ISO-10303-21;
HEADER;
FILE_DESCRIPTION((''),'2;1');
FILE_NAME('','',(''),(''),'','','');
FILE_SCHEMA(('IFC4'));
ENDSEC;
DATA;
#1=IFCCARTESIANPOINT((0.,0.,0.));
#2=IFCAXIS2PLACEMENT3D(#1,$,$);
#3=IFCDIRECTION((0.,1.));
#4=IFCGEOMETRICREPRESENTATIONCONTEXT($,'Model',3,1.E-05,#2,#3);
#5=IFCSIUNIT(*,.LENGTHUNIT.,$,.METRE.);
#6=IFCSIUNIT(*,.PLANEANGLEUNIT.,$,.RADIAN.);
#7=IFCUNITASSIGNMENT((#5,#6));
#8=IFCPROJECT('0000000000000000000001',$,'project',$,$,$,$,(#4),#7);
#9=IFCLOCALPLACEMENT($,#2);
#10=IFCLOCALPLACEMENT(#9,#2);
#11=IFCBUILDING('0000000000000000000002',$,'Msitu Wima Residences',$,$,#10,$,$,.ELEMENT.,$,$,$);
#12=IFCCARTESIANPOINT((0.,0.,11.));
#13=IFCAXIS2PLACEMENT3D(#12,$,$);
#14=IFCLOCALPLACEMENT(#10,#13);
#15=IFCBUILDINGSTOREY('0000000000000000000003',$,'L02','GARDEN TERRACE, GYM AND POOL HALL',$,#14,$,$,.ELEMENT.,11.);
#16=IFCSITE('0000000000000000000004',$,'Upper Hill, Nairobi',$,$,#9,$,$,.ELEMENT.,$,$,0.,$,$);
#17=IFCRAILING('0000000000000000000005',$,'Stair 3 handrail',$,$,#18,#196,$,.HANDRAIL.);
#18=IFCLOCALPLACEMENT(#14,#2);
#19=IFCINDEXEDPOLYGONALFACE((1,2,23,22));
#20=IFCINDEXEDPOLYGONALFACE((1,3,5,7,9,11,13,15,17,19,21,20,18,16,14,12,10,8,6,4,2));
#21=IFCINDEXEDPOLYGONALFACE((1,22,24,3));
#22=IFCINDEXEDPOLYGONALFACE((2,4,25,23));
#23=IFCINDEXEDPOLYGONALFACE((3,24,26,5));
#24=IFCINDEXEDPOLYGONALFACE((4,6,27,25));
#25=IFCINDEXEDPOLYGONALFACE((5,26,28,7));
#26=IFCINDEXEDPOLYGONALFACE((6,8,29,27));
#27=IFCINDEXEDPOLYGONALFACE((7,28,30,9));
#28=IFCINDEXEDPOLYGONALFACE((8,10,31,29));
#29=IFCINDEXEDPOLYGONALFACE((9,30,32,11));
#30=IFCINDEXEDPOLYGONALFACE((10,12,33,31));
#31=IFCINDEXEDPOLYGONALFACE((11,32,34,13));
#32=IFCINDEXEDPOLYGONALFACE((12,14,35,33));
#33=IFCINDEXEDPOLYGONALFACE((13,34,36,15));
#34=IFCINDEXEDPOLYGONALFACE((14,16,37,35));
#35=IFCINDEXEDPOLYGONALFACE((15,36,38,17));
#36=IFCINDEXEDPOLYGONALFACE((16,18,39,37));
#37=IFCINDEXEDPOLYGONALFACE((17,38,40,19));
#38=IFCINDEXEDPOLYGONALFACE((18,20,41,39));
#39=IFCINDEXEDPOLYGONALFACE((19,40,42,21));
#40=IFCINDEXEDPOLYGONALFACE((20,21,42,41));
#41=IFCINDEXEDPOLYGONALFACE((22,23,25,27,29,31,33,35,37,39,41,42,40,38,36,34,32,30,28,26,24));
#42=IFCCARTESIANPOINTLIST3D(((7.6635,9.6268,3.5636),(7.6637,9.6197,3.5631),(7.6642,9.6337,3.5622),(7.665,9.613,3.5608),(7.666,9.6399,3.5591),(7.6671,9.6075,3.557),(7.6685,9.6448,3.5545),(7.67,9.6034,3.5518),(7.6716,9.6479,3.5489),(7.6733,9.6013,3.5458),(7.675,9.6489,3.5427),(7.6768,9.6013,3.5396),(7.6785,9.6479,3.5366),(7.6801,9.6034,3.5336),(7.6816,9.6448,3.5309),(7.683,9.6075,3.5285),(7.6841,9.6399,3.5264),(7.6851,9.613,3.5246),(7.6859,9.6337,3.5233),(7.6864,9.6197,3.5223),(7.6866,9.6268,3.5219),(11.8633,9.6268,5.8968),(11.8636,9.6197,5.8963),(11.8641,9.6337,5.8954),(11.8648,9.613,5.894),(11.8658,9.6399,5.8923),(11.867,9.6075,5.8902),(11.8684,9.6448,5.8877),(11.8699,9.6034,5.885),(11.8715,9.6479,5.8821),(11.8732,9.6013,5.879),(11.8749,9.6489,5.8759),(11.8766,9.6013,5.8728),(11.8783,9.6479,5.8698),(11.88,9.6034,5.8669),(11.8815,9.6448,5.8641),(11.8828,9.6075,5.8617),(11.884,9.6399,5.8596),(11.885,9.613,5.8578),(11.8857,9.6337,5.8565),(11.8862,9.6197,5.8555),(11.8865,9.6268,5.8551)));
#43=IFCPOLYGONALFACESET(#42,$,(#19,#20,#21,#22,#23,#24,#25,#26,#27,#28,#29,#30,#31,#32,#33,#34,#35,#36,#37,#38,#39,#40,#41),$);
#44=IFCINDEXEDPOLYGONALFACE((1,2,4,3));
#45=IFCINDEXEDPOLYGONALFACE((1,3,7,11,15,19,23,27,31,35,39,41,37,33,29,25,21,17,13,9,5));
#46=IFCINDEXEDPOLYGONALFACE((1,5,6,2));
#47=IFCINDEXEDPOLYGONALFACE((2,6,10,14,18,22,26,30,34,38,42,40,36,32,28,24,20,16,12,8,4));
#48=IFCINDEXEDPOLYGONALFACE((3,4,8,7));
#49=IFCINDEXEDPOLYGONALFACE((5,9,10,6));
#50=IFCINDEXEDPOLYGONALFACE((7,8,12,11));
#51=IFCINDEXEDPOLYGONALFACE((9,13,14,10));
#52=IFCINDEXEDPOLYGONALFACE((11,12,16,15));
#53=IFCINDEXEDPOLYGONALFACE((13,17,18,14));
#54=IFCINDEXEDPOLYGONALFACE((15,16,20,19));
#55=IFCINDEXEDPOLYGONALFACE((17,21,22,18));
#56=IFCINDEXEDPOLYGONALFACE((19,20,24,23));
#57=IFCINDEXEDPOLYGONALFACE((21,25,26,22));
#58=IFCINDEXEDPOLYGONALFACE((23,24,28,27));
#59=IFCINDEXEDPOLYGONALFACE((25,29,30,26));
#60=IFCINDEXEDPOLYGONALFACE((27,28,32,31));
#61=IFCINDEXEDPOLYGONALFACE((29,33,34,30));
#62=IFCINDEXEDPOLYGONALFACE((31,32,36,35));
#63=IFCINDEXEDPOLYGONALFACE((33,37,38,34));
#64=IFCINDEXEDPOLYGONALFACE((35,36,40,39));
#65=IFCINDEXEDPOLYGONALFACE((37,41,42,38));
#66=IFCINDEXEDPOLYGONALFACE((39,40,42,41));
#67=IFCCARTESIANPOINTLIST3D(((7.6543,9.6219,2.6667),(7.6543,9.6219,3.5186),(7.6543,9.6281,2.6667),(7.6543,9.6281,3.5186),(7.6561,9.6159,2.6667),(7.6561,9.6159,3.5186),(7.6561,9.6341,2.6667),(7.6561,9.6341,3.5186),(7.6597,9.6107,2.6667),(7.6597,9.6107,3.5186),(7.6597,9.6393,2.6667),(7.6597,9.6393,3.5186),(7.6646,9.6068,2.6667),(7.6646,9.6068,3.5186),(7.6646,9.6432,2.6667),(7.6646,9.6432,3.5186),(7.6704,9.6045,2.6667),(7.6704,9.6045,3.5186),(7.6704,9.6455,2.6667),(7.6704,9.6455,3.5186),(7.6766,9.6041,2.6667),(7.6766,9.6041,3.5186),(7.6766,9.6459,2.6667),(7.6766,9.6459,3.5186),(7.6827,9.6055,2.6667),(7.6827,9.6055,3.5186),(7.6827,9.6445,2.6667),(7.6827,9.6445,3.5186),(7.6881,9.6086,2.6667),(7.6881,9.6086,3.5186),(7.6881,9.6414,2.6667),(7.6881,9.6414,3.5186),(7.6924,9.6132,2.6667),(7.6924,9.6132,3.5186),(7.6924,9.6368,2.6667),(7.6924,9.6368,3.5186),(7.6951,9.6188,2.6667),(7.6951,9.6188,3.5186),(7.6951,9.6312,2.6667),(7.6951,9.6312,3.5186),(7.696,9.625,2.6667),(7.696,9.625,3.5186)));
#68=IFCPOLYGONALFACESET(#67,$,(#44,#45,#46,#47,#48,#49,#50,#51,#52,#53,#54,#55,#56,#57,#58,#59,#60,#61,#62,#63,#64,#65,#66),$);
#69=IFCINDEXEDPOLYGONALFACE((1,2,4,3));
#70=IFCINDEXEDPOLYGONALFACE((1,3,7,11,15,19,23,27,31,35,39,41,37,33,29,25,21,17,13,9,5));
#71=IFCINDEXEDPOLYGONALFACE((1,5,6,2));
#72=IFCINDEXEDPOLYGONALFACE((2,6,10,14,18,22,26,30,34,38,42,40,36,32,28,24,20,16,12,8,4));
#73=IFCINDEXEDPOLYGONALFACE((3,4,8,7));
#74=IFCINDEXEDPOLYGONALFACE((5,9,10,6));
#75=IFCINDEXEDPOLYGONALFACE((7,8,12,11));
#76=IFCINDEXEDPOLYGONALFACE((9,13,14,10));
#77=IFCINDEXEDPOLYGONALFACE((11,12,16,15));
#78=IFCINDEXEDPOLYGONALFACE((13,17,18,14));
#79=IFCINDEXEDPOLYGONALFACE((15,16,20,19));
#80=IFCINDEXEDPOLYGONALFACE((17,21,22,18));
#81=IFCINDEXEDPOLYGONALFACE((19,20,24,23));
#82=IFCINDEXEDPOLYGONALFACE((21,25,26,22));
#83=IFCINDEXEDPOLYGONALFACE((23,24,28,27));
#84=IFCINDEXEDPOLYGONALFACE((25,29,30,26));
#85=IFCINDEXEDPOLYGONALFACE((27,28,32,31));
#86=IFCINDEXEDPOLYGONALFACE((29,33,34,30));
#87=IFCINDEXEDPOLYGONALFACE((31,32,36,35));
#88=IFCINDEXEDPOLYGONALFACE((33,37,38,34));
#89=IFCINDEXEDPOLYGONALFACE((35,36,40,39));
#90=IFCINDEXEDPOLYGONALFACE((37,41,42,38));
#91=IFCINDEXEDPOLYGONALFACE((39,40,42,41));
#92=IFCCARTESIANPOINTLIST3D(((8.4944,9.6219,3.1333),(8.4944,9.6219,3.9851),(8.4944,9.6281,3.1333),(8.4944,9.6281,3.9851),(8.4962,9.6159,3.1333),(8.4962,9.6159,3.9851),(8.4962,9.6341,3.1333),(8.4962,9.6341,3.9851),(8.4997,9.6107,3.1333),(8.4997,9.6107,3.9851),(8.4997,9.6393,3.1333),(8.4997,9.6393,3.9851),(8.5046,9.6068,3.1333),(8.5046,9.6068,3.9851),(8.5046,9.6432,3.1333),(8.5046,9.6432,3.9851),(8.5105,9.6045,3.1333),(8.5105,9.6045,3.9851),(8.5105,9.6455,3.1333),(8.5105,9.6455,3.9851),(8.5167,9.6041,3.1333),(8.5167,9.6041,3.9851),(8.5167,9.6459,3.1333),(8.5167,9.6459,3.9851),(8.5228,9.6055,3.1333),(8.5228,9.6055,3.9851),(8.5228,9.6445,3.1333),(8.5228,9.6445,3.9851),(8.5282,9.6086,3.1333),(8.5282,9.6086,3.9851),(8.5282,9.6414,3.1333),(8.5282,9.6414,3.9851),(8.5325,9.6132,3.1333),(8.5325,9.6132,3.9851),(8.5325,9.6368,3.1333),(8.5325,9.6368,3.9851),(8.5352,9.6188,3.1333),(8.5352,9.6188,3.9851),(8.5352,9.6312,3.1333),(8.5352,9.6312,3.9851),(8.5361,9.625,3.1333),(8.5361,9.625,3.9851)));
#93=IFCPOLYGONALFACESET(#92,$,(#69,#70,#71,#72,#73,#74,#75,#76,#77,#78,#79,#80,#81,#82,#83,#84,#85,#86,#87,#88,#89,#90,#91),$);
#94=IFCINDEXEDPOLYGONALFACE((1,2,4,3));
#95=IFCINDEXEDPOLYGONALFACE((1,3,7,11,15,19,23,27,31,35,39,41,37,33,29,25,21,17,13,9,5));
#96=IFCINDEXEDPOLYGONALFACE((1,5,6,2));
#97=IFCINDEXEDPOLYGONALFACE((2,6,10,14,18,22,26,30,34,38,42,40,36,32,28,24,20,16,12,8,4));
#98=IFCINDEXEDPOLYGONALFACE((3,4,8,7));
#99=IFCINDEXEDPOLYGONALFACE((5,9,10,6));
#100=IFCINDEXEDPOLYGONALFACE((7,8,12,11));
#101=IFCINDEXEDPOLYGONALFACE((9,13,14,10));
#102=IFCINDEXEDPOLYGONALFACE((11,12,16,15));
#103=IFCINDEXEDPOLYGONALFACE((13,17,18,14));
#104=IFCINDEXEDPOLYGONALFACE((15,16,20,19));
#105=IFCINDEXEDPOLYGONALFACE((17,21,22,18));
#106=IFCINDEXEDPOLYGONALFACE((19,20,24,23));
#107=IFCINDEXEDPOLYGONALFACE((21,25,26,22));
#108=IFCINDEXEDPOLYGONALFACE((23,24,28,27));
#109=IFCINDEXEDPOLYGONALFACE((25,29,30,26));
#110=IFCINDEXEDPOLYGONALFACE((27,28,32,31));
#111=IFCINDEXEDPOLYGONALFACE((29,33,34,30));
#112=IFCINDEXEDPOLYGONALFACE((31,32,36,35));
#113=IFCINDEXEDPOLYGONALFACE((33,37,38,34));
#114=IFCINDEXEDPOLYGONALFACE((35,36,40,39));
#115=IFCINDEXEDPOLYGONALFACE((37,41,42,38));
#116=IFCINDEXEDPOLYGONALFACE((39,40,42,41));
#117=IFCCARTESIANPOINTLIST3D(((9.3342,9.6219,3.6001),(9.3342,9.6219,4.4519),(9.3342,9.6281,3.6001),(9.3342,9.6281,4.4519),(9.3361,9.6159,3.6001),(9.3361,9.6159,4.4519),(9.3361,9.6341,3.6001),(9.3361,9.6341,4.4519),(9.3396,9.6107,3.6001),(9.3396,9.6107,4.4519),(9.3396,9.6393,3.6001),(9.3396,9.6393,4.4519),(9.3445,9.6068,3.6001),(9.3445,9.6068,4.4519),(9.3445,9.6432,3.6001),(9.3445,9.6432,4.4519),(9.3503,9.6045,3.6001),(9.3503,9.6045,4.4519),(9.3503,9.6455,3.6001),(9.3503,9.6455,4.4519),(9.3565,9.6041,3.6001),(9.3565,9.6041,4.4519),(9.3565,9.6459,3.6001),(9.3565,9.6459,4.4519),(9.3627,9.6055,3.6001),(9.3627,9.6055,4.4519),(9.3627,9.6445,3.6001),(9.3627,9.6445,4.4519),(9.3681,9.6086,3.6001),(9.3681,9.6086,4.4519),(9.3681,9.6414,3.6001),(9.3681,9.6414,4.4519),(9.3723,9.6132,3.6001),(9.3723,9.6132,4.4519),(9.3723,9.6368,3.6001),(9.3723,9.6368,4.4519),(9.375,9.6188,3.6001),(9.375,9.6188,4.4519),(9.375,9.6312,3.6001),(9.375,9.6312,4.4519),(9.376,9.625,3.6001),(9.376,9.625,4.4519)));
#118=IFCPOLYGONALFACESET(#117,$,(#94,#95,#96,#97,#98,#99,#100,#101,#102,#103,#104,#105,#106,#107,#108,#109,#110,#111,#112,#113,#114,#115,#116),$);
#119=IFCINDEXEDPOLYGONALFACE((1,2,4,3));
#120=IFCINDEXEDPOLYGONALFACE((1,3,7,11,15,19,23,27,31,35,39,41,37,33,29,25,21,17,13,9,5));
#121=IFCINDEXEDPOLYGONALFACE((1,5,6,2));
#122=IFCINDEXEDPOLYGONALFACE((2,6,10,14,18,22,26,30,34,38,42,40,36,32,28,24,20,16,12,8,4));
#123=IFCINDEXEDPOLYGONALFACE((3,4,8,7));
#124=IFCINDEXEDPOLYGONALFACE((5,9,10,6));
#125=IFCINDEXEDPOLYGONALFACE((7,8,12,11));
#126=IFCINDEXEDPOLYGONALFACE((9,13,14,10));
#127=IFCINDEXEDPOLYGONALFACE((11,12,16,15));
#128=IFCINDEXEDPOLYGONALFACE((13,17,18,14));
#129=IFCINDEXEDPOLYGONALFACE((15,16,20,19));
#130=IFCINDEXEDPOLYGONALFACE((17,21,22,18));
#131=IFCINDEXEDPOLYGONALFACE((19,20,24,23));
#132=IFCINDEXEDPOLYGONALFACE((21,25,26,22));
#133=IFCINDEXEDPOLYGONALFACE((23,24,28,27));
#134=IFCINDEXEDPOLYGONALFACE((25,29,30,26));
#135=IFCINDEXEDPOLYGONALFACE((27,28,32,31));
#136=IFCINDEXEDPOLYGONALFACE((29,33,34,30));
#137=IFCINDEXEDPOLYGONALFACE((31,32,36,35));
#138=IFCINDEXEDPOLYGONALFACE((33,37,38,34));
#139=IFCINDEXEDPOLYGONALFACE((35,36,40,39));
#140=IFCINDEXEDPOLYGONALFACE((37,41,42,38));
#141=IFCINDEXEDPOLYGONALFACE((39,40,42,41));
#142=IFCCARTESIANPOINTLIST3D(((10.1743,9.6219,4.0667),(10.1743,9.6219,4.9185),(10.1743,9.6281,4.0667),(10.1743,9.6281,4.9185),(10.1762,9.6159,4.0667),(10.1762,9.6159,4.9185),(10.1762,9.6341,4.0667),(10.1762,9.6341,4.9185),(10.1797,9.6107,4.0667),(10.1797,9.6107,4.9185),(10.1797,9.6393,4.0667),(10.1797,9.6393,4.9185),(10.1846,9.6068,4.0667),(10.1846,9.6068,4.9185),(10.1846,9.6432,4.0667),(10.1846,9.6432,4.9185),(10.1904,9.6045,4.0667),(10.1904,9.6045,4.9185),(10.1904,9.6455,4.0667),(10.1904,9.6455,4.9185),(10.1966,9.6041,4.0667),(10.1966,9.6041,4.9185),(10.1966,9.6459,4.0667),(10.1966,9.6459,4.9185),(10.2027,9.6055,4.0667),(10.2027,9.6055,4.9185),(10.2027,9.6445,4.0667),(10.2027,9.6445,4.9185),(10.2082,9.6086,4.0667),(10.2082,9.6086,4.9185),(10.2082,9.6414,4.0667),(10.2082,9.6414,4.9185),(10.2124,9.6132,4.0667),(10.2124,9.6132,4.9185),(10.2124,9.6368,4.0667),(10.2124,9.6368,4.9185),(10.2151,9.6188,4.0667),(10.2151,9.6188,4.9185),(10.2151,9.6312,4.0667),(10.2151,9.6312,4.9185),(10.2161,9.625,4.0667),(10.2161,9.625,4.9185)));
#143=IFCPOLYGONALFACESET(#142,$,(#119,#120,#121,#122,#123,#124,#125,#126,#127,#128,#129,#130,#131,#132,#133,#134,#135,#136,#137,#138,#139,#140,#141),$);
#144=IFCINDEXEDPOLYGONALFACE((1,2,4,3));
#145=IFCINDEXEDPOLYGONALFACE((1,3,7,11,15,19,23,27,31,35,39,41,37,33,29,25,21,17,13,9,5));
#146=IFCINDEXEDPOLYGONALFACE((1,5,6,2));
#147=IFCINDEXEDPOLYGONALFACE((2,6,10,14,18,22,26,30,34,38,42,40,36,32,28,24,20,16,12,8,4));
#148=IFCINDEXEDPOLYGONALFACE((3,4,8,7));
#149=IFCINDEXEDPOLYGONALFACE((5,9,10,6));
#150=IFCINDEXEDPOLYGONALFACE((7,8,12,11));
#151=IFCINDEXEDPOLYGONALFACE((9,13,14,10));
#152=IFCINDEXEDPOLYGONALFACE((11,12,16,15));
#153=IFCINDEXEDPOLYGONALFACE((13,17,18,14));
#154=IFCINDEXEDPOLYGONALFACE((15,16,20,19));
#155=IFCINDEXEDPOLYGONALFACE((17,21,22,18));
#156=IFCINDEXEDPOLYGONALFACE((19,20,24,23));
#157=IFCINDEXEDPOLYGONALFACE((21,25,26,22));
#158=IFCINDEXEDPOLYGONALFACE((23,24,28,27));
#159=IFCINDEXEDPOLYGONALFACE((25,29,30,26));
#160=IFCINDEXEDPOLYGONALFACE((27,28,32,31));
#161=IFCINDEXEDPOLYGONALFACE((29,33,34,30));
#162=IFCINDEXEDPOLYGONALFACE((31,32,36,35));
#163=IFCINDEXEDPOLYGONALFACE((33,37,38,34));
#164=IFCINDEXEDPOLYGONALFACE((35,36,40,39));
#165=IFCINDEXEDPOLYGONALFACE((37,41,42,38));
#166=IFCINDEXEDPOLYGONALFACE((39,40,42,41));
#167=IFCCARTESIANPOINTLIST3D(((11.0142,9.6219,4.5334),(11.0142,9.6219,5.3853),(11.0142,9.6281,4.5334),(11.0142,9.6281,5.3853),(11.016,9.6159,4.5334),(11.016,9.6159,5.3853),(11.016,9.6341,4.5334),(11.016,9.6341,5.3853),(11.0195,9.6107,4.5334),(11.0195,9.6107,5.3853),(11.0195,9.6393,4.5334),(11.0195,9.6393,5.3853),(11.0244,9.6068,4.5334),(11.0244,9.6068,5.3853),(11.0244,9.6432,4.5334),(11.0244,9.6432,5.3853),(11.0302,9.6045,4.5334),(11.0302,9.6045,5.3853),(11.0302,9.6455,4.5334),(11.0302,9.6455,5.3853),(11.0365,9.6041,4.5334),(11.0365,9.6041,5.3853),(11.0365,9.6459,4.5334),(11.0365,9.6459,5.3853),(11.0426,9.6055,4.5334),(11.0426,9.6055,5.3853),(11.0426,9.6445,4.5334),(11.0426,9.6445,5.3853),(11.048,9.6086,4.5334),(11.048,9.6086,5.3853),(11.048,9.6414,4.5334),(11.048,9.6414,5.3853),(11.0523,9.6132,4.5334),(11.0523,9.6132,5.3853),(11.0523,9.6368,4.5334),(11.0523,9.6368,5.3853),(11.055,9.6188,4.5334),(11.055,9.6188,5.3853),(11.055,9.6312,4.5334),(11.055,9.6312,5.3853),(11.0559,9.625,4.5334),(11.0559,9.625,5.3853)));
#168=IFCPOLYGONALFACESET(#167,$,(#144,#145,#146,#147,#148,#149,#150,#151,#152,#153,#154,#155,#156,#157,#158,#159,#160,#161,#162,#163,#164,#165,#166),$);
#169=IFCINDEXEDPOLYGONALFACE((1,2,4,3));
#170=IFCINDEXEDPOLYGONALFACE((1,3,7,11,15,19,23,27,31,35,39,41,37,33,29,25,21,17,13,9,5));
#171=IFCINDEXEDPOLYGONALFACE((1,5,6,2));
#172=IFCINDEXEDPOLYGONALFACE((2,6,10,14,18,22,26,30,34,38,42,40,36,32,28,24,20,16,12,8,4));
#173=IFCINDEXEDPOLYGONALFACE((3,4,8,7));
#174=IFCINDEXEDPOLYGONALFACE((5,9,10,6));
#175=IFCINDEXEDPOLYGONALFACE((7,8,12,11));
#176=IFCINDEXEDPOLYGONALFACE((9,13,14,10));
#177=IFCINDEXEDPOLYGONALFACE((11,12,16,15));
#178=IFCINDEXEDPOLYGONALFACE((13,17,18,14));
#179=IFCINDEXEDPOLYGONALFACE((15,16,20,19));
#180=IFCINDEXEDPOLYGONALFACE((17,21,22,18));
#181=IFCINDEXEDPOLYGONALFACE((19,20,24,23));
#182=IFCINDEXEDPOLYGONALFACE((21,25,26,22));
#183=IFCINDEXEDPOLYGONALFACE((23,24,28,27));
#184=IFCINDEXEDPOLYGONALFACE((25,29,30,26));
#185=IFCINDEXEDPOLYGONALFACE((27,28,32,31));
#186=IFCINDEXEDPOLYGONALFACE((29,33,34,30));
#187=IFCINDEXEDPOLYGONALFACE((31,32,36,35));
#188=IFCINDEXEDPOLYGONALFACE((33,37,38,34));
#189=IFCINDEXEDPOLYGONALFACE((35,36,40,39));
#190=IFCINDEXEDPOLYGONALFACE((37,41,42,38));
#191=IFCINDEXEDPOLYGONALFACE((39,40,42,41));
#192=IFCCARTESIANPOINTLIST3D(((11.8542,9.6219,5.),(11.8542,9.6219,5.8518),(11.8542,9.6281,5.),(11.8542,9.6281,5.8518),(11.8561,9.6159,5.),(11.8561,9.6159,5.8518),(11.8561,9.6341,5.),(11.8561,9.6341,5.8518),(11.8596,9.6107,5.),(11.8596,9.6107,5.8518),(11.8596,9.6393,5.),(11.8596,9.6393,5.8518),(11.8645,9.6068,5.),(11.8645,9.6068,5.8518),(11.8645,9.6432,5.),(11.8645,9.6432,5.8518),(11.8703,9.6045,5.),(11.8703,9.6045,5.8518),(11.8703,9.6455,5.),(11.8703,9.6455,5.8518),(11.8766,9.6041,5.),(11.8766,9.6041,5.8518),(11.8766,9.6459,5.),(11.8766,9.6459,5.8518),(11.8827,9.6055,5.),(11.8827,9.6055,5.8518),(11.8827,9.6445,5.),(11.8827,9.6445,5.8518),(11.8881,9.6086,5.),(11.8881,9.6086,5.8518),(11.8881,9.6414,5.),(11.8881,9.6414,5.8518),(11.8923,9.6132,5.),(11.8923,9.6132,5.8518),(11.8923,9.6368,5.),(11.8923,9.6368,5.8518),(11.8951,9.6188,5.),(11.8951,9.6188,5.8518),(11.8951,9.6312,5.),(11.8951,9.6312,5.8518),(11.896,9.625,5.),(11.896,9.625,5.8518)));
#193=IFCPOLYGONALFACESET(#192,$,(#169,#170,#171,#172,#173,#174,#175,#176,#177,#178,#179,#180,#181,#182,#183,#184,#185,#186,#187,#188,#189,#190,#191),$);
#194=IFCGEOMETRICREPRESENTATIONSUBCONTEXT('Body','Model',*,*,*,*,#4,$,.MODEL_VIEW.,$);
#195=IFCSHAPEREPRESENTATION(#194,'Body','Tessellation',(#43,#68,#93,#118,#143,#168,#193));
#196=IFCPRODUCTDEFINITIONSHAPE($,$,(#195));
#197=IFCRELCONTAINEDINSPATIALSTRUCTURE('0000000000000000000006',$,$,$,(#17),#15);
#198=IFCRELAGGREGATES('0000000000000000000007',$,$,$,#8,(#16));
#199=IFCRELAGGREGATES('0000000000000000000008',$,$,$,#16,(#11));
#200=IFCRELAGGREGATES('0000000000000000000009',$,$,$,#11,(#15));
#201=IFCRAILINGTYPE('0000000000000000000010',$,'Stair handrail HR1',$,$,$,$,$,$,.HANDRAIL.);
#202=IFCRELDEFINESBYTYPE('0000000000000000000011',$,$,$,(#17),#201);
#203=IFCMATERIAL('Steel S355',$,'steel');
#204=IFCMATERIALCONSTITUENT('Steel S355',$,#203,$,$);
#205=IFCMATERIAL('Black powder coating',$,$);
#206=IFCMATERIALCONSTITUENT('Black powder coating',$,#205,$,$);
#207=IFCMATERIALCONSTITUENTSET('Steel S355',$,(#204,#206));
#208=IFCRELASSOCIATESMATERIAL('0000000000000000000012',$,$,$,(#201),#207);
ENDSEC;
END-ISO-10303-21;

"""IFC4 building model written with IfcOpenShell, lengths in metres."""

from ifc_helpers import new_model, si_unit, direction, frame, origin, origin_2d, place, context, subcontext, project, spatial, circle, extrude, material, constituent, constituent_set, type_object, element, save


model = new_model("IFC4")

# Units and contexts
model_context = context("Model", 3, precision=1e-05, world=origin(), true_north=direction((0.0, 1.0)))
body_context = subcontext(model_context, "Body", "Model", "MODEL_VIEW")
ifc_project = project(units=[si_unit("LENGTHUNIT", "METRE"), si_unit("PLANEANGLEUNIT", "RADIAN")], contexts=[model_context])

# Site, building, storey
site_placement = place(None, origin())
site = spatial("IfcSite", under=ifc_project, at=site_placement, Name="Upper Hill, Nairobi", CompositionType="ELEMENT", RefElevation=0.0)
building_placement = place(site_placement, origin())
building = spatial("IfcBuilding", under=site, at=building_placement, Name="Msitu Wima Residences", CompositionType="ELEMENT")
storey_placement = place(building_placement, frame((0.0, 0.0, 11.0)))
storey = spatial("IfcBuildingStorey", under=building, at=storey_placement, Name="L02", Description="GARDEN TERRACE, GYM AND POOL HALL", CompositionType="ELEMENT", Elevation=11.0)

# Railing
ifc_material_1 = material(Name="Steel S355", Category="steel")
ifc_constituent_1 = constituent(ifc_material_1, Name="Steel S355")
ifc_material_2 = material(Name="Black powder coating")
ifc_constituent_2 = constituent(ifc_material_2, Name="Black powder coating")
ifc_constituent_set = constituent_set(constituents=[ifc_constituent_1, ifc_constituent_2], Name="Steel S355")
railing_type = type_object("IfcRailingType", Name="Stair handrail HR1", PredefinedType="HANDRAIL", material=ifc_constituent_set)
for number, where, name in (
    (1, (7.675, 9.625, 2.6667), "Stair 3 handrail"),
):
    element("IfcRailing", number, at=place(storey_placement, frame(where)), inside=storey, type_object=railing_type, Name=name, PredefinedType="HANDRAIL", context=body_context, shape_type="SweptSolid", body=[
        extrude(circle(Radius=0.0239, at=origin_2d()), frame((0.0, 0.0, 0.876), z_axis=(0.874162, 0.0, 0.485634), x_axis=(0.0, 1.0, 0.0)), (0.0, 0.0, 1.0), 4.8044),
        extrude(circle(Radius=0.021, at=origin_2d()), origin(), (0.0, 0.0, 1.0), 0.8518),
        extrude(circle(Radius=0.021, at=origin_2d()), frame((0.8401, 0.0, 0.4666)), (0.0, 0.0, 1.0), 0.8518),
        extrude(circle(Radius=0.021, at=origin_2d()), frame((1.6799, 0.0, 0.9333)), (0.0, 0.0, 1.0), 0.8518),
        extrude(circle(Radius=0.021, at=origin_2d()), frame((2.52, 0.0, 1.3999)), (0.0, 0.0, 1.0), 0.8518),
        extrude(circle(Radius=0.021, at=origin_2d()), frame((3.3599, 0.0, 1.8667)), (0.0, 0.0, 1.0), 0.8518),
        extrude(circle(Radius=0.021, at=origin_2d()), frame((4.2, 0.0, 2.3333)), (0.0, 0.0, 1.0), 0.8518),
    ])

save(model, "model.ifc")
